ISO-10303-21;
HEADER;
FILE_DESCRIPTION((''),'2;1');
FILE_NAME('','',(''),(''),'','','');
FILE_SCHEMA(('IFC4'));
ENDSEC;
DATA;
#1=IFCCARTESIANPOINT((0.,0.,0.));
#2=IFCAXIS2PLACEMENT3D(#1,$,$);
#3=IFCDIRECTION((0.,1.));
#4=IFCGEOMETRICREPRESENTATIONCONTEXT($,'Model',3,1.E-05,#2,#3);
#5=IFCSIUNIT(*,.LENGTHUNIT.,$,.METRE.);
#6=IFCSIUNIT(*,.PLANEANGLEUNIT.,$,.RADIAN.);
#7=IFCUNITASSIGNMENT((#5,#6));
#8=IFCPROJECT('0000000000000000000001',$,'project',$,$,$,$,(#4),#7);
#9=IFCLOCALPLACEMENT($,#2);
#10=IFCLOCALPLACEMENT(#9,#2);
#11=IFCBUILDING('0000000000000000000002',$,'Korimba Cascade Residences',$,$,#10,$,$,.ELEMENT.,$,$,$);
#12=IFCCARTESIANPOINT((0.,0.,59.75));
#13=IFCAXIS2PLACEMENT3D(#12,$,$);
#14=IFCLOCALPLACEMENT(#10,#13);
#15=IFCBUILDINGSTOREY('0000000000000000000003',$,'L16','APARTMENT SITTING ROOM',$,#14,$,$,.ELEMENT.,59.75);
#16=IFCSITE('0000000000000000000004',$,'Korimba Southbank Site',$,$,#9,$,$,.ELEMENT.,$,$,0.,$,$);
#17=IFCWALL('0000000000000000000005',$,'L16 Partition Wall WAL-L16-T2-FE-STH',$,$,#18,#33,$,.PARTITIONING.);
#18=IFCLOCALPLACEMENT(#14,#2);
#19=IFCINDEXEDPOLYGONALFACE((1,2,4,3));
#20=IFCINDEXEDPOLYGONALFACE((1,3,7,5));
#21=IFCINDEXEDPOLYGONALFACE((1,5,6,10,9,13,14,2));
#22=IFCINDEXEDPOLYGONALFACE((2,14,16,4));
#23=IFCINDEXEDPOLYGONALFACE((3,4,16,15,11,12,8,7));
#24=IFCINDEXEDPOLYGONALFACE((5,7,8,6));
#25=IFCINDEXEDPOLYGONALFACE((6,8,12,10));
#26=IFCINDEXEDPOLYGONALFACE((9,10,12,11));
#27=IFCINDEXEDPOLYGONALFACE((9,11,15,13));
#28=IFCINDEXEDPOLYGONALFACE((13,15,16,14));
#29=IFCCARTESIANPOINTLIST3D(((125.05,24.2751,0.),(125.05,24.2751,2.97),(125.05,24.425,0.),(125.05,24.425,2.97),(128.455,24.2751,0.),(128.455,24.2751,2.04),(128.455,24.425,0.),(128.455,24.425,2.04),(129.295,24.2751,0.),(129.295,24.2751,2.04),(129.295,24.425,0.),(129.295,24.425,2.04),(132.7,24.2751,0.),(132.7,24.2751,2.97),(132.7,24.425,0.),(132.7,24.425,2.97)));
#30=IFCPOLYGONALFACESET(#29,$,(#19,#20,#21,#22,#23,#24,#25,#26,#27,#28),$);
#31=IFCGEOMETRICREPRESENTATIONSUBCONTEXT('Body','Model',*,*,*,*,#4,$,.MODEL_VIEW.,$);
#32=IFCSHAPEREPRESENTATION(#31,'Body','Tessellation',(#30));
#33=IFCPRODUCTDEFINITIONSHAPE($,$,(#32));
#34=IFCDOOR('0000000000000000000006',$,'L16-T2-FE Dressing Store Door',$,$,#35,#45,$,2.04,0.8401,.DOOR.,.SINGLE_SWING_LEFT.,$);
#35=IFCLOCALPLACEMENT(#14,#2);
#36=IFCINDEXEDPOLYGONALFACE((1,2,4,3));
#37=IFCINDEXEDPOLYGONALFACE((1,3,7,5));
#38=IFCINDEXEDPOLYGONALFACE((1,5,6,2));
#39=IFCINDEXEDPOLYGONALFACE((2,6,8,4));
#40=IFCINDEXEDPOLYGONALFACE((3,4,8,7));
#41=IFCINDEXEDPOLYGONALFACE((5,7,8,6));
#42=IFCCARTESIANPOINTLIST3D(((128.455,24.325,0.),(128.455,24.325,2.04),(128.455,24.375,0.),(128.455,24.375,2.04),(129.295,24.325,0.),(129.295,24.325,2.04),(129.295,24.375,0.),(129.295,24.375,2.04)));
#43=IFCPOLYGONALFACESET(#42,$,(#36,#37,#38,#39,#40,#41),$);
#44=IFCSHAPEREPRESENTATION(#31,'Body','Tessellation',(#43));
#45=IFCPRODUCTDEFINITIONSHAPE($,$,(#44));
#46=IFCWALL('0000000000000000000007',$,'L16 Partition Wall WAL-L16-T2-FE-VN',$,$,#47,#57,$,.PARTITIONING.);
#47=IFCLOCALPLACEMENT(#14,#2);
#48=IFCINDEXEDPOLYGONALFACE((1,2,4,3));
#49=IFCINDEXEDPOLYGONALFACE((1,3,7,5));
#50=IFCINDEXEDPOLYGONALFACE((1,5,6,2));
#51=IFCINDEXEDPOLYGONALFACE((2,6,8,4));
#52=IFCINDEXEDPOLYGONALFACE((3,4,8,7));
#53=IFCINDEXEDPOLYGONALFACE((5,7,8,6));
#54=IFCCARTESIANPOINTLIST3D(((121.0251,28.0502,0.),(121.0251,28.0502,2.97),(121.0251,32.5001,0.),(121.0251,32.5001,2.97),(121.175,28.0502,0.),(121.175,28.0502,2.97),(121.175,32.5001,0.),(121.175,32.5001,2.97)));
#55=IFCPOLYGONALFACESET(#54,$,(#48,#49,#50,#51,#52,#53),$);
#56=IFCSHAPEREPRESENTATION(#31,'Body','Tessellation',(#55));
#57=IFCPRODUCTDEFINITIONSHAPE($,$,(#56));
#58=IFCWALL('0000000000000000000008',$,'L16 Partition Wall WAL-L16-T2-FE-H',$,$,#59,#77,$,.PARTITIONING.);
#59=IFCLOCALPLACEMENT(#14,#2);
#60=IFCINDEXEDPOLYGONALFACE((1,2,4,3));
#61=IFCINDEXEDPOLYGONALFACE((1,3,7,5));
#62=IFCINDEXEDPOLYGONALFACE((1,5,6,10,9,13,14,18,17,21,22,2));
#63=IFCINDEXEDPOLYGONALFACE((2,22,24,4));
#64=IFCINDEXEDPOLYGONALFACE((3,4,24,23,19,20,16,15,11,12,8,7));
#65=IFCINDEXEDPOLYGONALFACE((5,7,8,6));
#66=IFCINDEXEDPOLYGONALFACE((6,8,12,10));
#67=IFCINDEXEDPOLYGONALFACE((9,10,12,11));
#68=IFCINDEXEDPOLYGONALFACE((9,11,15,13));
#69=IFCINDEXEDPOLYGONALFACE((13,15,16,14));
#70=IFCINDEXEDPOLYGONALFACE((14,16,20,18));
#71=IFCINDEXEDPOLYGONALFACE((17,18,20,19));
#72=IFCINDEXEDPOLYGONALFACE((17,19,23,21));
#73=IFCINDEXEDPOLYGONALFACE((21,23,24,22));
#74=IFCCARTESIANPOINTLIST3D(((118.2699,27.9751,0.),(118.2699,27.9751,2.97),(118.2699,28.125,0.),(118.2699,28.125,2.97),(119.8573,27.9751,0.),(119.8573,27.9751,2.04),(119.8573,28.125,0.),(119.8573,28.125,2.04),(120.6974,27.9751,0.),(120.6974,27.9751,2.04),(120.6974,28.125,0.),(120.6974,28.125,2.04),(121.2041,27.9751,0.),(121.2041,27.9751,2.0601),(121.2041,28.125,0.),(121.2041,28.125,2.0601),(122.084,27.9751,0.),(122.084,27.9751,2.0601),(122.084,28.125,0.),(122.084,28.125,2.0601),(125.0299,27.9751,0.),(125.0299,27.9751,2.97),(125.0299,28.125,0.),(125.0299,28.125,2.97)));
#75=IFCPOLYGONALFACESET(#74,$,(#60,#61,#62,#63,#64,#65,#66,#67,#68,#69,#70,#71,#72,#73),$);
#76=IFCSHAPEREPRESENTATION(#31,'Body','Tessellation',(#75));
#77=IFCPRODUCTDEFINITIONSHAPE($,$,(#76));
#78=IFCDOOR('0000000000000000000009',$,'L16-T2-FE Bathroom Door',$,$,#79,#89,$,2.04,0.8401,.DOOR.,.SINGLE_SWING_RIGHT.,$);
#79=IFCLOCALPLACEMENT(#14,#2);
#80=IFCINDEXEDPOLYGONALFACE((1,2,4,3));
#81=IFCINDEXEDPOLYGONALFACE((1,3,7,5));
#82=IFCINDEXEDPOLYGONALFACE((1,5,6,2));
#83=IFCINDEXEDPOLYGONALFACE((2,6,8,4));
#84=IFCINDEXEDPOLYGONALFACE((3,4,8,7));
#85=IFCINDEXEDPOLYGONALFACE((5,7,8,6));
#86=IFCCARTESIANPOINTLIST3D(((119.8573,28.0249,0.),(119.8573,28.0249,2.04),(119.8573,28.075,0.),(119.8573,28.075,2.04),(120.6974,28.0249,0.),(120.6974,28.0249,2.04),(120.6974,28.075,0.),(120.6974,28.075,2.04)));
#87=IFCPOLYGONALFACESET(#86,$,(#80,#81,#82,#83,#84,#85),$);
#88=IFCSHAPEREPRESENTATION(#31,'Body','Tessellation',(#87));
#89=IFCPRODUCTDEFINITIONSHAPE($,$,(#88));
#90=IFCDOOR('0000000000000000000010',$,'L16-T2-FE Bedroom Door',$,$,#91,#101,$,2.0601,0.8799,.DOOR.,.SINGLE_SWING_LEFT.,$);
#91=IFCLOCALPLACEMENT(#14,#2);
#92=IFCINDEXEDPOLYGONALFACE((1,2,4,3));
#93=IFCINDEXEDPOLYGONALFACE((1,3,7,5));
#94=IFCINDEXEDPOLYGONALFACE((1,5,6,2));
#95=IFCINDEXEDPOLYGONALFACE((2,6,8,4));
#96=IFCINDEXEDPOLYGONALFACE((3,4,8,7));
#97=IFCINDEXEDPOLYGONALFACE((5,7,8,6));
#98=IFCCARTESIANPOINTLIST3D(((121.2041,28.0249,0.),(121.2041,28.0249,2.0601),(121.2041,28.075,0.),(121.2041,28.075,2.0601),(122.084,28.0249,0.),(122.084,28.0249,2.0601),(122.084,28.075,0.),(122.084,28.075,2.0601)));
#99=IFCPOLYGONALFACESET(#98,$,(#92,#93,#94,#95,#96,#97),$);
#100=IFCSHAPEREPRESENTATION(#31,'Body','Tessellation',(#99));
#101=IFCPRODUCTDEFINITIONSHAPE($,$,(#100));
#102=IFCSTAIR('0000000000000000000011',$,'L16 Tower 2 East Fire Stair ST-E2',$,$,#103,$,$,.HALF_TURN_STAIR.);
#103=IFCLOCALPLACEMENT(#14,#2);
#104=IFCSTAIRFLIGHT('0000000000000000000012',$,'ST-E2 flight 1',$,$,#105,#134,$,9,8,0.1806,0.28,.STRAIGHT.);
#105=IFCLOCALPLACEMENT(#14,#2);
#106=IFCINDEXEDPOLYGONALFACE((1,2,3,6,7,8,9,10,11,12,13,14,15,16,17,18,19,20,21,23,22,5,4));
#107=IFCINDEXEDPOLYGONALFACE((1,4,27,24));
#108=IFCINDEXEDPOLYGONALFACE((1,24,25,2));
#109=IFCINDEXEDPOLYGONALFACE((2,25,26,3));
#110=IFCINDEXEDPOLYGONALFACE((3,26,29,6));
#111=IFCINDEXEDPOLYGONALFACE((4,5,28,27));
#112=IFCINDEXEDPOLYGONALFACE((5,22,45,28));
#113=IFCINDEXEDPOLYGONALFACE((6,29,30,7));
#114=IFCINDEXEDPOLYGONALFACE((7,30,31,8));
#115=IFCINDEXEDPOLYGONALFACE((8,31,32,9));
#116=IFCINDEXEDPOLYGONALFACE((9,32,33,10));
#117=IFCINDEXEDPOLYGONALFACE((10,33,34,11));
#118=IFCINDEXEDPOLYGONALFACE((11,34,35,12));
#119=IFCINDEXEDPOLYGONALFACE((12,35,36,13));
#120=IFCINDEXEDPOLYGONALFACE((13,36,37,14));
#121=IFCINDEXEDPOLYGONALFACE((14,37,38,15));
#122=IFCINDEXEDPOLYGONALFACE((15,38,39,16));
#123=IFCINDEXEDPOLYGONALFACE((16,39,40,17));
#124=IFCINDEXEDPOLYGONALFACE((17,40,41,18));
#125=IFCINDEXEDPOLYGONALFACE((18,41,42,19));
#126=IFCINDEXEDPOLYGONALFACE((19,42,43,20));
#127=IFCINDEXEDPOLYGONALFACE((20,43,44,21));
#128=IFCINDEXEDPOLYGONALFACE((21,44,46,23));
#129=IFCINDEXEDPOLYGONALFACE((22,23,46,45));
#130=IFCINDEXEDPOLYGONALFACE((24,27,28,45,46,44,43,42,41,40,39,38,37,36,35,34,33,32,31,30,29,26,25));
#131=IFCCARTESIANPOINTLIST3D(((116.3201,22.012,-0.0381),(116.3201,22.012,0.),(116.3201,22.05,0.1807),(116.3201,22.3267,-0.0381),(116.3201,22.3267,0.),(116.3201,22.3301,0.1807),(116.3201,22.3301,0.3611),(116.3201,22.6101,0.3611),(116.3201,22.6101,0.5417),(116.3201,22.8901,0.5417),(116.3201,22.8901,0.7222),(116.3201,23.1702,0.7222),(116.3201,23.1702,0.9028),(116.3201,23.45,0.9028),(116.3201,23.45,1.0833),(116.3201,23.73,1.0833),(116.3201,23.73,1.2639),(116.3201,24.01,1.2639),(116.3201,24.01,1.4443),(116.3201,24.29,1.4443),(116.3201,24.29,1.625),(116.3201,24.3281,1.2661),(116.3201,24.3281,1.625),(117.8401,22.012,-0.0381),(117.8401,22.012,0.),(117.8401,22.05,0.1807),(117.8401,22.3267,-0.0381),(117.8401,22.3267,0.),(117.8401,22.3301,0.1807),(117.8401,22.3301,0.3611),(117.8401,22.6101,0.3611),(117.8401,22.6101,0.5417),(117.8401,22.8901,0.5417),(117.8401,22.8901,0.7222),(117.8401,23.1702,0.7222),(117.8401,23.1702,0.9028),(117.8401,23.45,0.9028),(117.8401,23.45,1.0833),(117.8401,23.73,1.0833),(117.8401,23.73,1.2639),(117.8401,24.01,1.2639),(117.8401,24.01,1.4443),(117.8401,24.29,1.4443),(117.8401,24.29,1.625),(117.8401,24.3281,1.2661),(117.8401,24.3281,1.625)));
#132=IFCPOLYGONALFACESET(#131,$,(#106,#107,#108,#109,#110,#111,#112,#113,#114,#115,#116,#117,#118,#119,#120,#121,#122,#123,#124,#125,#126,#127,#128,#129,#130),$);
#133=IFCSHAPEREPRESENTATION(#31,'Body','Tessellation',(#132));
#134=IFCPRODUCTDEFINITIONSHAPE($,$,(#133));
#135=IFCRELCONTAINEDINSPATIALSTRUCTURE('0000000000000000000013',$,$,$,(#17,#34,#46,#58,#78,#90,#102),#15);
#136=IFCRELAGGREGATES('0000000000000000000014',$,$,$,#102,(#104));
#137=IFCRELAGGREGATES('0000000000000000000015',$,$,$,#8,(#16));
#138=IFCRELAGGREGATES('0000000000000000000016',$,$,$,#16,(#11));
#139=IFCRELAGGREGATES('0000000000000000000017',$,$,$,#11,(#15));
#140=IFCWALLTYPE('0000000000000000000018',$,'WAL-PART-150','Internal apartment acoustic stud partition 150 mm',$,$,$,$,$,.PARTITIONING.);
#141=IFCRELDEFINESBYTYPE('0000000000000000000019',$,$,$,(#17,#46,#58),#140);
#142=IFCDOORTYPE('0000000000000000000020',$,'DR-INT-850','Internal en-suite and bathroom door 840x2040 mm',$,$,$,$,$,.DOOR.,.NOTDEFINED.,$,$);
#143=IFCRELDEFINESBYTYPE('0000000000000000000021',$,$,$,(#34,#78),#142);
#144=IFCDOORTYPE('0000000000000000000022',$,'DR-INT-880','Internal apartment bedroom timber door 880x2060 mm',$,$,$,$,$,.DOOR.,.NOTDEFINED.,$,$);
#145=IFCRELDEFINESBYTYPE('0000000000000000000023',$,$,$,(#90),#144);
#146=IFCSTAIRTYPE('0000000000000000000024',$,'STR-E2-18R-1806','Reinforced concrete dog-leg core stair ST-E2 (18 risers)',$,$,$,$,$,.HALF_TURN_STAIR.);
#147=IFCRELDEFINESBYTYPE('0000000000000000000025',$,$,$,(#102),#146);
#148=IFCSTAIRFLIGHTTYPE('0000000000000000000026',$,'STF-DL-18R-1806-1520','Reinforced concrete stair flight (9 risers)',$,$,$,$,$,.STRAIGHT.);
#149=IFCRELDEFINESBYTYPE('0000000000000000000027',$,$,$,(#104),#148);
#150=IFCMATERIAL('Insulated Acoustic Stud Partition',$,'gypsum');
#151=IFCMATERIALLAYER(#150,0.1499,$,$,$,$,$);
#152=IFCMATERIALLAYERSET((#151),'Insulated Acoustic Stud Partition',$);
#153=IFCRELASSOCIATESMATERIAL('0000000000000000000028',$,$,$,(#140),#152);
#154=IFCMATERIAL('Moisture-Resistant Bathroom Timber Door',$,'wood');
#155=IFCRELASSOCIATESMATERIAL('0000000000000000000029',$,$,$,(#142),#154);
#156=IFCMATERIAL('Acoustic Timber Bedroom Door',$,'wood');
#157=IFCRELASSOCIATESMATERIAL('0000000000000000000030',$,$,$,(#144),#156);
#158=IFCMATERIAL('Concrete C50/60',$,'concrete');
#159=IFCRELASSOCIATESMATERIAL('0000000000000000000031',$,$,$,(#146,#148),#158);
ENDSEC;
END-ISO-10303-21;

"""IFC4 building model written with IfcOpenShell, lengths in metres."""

from ifc_helpers import new_model, si_unit, direction, frame, frame_2d, origin, place, context, subcontext, project, spatial, polyline, rectangle, outline, extrude, material, layer, layer_set, type_object, element, fill, aggregate, save


model = new_model("IFC4")

# Units and contexts
model_context = context("Model", 3, precision=1e-05, world=origin(), true_north=direction((0.0, 1.0)))
body_context = subcontext(model_context, "Body", "Model", "MODEL_VIEW")
ifc_project = project(units=[si_unit("LENGTHUNIT", "METRE"), si_unit("PLANEANGLEUNIT", "RADIAN")], contexts=[model_context])

# Site, building, storey
site_placement = place(None, origin())
site = spatial("IfcSite", under=ifc_project, at=site_placement, Name="Korimba Southbank Site", CompositionType="ELEMENT", RefElevation=0.0)
building_placement = place(site_placement, origin())
building = spatial("IfcBuilding", under=site, at=building_placement, Name="Korimba Cascade Residences", CompositionType="ELEMENT")
storey_placement = place(building_placement, frame((0.0, 0.0, 59.75)))
storey = spatial("IfcBuildingStorey", under=building, at=storey_placement, Name="L16", Description="APARTMENT SITTING ROOM", CompositionType="ELEMENT", Elevation=59.75)

# Shared definitions
ifc_material_1 = material(Name="Concrete C50/60", Category="concrete")

# Wall, opening, door
ifc_material_2 = material(Name="Insulated Acoustic Stud Partition", Category="gypsum")
ifc_layer_1 = layer(ifc_material_2, 0.1499)
ifc_layer_set_1 = layer_set([ifc_layer_1], Name="Insulated Acoustic Stud Partition")
wall_type_1 = type_object("IfcWallType", Name="WAL-PART-150", Description="Internal apartment acoustic stud partition 150 mm", PredefinedType="PARTITIONING", material=ifc_layer_set_1)
wall_1_placement = place(storey_placement, frame((125.05, 24.3501, 0.0), z_axis=(0.0, 0.0, 1.0), x_axis=(1.0, 0.0, 0.0)))
wall_1 = element("IfcWall", 1, at=wall_1_placement, inside=storey, type_object=wall_type_1, Name="L16 Partition Wall WAL-L16-T2-FE-STH", PredefinedType="PARTITIONING", context=body_context, shape_type="SweptSolid", body=[
    extrude(rectangle(XDim=7.6499, YDim=0.1499, at=frame_2d((3.825, 0.0))), origin(), (0.0, 0.0, 1.0), 2.97),
])
opening_1_placement = place(wall_1_placement, frame((3.405, 0.0, 0.0)))
opening_1 = element("IfcOpeningElement", 2, at=opening_1_placement, cuts=wall_1, PredefinedType="OPENING", context=body_context, shape_type="SweptSolid", body=[
    extrude(rectangle(XDim=0.8401, YDim=2.04, at=frame_2d((0.4199, 1.02))), frame((0.0, 0.085, 0.0), z_axis=(0.0, -1.0, 0.0), x_axis=(1.0, 0.0, 0.0)), (0.0, 0.0, 1.0), 0.1699),
])
ifc_material_3 = material(Name="Moisture-Resistant Bathroom Timber Door", Category="wood")
door_type_1 = type_object("IfcDoorType", Name="DR-INT-850", Description="Internal en-suite and bathroom door 840x2040 mm", OperationType="NOTDEFINED", PredefinedType="DOOR", material=ifc_material_3)
door_1_placement = place(opening_1_placement, origin())
door_1 = element("IfcDoor", 3, at=door_1_placement, inside=storey, type_object=door_type_1, Name="L16-T2-FE Dressing Store Door", OperationType="SINGLE_SWING_LEFT", OverallHeight=2.04, OverallWidth=0.8401, PredefinedType="DOOR", context=body_context, shape_type="SweptSolid", body=[
    extrude(rectangle(XDim=0.8401, YDim=2.04, at=frame_2d((0.4199, 1.02))), frame((0.0, 0.0249, 0.0), z_axis=(0.0, -1.0, 0.0), x_axis=(1.0, 0.0, 0.0)), (0.0, 0.0, 1.0), 0.05),
])
fill(opening_1, door_1)

# Wall
wall_2_placement = place(storey_placement, frame((121.1001, 28.05, 0.0), z_axis=(0.0, 0.0, 1.0), x_axis=(0.0, 1.0, 0.0)))
element("IfcWall", 4, at=wall_2_placement, inside=storey, type_object=wall_type_1, Name="L16 Partition Wall WAL-L16-T2-FE-VN", PredefinedType="PARTITIONING", context=body_context, shape_type="SweptSolid", body=[
    extrude(rectangle(XDim=4.45, YDim=0.1499, at=frame_2d((2.2251, 0.0))), origin(), (0.0, 0.0, 1.0), 2.97),
])

# Wall, openings, doors
wall_3_placement = place(storey_placement, frame((118.27, 28.05, 0.0), z_axis=(0.0, 0.0, 1.0), x_axis=(1.0, 0.0, 0.0)))
wall_3 = element("IfcWall", 5, at=wall_3_placement, inside=storey, type_object=wall_type_1, Name="L16 Partition Wall WAL-L16-T2-FE-H", PredefinedType="PARTITIONING", context=body_context, shape_type="SweptSolid", body=[
    extrude(rectangle(XDim=6.76, YDim=0.1499, at=frame_2d((3.3799, 0.0))), origin(), (0.0, 0.0, 1.0), 2.97),
])
opening_2_placement = place(wall_3_placement, frame((1.5874, 0.0, 0.0)))
opening_2 = element("IfcOpeningElement", 6, at=opening_2_placement, cuts=wall_3, PredefinedType="OPENING", context=body_context, shape_type="SweptSolid", body=[
    extrude(rectangle(XDim=0.8401, YDim=2.04, at=frame_2d((0.4199, 1.02))), frame((0.0, 0.085, 0.0), z_axis=(0.0, -1.0, 0.0), x_axis=(1.0, 0.0, 0.0)), (0.0, 0.0, 1.0), 0.1699),
])
opening_3_placement = place(wall_3_placement, frame((2.9341, 0.0, 0.0)))
opening_3 = element("IfcOpeningElement", 7, at=opening_3_placement, cuts=wall_3, PredefinedType="OPENING", context=body_context, shape_type="SweptSolid", body=[
    extrude(rectangle(XDim=0.8799, YDim=2.0601, at=frame_2d((0.4399, 1.03))), frame((0.0, 0.085, 0.0), z_axis=(0.0, -1.0, 0.0), x_axis=(1.0, 0.0, 0.0)), (0.0, 0.0, 1.0), 0.1699),
])
door_2_placement = place(opening_2_placement, origin())
door_2 = element("IfcDoor", 8, at=door_2_placement, inside=storey, type_object=door_type_1, Name="L16-T2-FE Bathroom Door", OperationType="SINGLE_SWING_RIGHT", OverallHeight=2.04, OverallWidth=0.8401, PredefinedType="DOOR", context=body_context, shape_type="SweptSolid", body=[
    extrude(rectangle(XDim=0.8401, YDim=2.04, at=frame_2d((0.4199, 1.02))), frame((0.0, 0.0249, 0.0), z_axis=(0.0, -1.0, 0.0), x_axis=(1.0, 0.0, 0.0)), (0.0, 0.0, 1.0), 0.05),
])
fill(opening_2, door_2)
ifc_material_4 = material(Name="Acoustic Timber Bedroom Door", Category="wood")
door_type_2 = type_object("IfcDoorType", Name="DR-INT-880", Description="Internal apartment bedroom timber door 880x2060 mm", OperationType="NOTDEFINED", PredefinedType="DOOR", material=ifc_material_4)
door_3_placement = place(opening_3_placement, origin())
door_3 = element("IfcDoor", 9, at=door_3_placement, inside=storey, type_object=door_type_2, Name="L16-T2-FE Bedroom Door", OperationType="SINGLE_SWING_LEFT", OverallHeight=2.0601, OverallWidth=0.8799, PredefinedType="DOOR", context=body_context, shape_type="SweptSolid", body=[
    extrude(rectangle(XDim=0.8799, YDim=2.0601, at=frame_2d((0.4399, 1.03))), frame((0.0, 0.0249, 0.0), z_axis=(0.0, -1.0, 0.0), x_axis=(1.0, 0.0, 0.0)), (0.0, 0.0, 1.0), 0.05),
])
fill(opening_3, door_3)

# Stair, stair flight
stair_type = type_object("IfcStairType", Name="STR-E2-18R-1806", Description="Reinforced concrete dog-leg core stair ST-E2 (18 risers)", PredefinedType="HALF_TURN_STAIR", material=ifc_material_1)
stair_placement = place(storey_placement, origin())
stair = element("IfcStair", 10, at=stair_placement, inside=storey, type_object=stair_type, Name="L16 Tower 2 East Fire Stair ST-E2", PredefinedType="HALF_TURN_STAIR")
stair_flight_type = type_object("IfcStairFlightType", Name="STF-DL-18R-1806-1520", Description="Reinforced concrete stair flight (9 risers)", PredefinedType="STRAIGHT", material=ifc_material_1)
stair_flight_placement = place(storey_placement, frame((117.0801, 22.05, 0.0), z_axis=(0.0, 0.0, 1.0), x_axis=(0.0, 1.0, 0.0)))
stair_flight = element("IfcStairFlight", 11, at=stair_flight_placement, type_object=stair_flight_type, Name="ST-E2 flight 1", NumberOfRisers=9, NumberOfTreads=8, PredefinedType="STRAIGHT", RiserHeight=0.1806, TreadLength=0.28, context=body_context, shape_type="SweptSolid", body=[
    extrude(outline(polyline([(-0.0381, 0.0), (0.0, 0.1807), (0.28, 0.1807), (0.28, 0.3611), (0.5601, 0.3611), (0.5601, 0.5417), (0.8401, 0.5417), (0.8401, 0.7222), (1.1201, 0.7222), (1.1201, 0.9028), (1.3999, 0.9028), (1.3999, 1.0833), (1.6799, 1.0833), (1.6799, 1.2639), (1.96, 1.2639), (1.96, 1.4443), (2.24, 1.4443), (2.24, 1.625), (2.2781, 1.625), (2.2781, 1.2661), (0.2766, 0.0), (0.2766, -0.0381), (-0.0381, -0.0381), (-0.0381, 0.0)])), frame((0.0, 0.76, 0.0), z_axis=(0.0, -1.0, 0.0), x_axis=(1.0, 0.0, 0.0)), (0.0, 0.0, 1.0), 1.52),
])
aggregate(stair, [stair_flight])

save(model, "model.ifc")
